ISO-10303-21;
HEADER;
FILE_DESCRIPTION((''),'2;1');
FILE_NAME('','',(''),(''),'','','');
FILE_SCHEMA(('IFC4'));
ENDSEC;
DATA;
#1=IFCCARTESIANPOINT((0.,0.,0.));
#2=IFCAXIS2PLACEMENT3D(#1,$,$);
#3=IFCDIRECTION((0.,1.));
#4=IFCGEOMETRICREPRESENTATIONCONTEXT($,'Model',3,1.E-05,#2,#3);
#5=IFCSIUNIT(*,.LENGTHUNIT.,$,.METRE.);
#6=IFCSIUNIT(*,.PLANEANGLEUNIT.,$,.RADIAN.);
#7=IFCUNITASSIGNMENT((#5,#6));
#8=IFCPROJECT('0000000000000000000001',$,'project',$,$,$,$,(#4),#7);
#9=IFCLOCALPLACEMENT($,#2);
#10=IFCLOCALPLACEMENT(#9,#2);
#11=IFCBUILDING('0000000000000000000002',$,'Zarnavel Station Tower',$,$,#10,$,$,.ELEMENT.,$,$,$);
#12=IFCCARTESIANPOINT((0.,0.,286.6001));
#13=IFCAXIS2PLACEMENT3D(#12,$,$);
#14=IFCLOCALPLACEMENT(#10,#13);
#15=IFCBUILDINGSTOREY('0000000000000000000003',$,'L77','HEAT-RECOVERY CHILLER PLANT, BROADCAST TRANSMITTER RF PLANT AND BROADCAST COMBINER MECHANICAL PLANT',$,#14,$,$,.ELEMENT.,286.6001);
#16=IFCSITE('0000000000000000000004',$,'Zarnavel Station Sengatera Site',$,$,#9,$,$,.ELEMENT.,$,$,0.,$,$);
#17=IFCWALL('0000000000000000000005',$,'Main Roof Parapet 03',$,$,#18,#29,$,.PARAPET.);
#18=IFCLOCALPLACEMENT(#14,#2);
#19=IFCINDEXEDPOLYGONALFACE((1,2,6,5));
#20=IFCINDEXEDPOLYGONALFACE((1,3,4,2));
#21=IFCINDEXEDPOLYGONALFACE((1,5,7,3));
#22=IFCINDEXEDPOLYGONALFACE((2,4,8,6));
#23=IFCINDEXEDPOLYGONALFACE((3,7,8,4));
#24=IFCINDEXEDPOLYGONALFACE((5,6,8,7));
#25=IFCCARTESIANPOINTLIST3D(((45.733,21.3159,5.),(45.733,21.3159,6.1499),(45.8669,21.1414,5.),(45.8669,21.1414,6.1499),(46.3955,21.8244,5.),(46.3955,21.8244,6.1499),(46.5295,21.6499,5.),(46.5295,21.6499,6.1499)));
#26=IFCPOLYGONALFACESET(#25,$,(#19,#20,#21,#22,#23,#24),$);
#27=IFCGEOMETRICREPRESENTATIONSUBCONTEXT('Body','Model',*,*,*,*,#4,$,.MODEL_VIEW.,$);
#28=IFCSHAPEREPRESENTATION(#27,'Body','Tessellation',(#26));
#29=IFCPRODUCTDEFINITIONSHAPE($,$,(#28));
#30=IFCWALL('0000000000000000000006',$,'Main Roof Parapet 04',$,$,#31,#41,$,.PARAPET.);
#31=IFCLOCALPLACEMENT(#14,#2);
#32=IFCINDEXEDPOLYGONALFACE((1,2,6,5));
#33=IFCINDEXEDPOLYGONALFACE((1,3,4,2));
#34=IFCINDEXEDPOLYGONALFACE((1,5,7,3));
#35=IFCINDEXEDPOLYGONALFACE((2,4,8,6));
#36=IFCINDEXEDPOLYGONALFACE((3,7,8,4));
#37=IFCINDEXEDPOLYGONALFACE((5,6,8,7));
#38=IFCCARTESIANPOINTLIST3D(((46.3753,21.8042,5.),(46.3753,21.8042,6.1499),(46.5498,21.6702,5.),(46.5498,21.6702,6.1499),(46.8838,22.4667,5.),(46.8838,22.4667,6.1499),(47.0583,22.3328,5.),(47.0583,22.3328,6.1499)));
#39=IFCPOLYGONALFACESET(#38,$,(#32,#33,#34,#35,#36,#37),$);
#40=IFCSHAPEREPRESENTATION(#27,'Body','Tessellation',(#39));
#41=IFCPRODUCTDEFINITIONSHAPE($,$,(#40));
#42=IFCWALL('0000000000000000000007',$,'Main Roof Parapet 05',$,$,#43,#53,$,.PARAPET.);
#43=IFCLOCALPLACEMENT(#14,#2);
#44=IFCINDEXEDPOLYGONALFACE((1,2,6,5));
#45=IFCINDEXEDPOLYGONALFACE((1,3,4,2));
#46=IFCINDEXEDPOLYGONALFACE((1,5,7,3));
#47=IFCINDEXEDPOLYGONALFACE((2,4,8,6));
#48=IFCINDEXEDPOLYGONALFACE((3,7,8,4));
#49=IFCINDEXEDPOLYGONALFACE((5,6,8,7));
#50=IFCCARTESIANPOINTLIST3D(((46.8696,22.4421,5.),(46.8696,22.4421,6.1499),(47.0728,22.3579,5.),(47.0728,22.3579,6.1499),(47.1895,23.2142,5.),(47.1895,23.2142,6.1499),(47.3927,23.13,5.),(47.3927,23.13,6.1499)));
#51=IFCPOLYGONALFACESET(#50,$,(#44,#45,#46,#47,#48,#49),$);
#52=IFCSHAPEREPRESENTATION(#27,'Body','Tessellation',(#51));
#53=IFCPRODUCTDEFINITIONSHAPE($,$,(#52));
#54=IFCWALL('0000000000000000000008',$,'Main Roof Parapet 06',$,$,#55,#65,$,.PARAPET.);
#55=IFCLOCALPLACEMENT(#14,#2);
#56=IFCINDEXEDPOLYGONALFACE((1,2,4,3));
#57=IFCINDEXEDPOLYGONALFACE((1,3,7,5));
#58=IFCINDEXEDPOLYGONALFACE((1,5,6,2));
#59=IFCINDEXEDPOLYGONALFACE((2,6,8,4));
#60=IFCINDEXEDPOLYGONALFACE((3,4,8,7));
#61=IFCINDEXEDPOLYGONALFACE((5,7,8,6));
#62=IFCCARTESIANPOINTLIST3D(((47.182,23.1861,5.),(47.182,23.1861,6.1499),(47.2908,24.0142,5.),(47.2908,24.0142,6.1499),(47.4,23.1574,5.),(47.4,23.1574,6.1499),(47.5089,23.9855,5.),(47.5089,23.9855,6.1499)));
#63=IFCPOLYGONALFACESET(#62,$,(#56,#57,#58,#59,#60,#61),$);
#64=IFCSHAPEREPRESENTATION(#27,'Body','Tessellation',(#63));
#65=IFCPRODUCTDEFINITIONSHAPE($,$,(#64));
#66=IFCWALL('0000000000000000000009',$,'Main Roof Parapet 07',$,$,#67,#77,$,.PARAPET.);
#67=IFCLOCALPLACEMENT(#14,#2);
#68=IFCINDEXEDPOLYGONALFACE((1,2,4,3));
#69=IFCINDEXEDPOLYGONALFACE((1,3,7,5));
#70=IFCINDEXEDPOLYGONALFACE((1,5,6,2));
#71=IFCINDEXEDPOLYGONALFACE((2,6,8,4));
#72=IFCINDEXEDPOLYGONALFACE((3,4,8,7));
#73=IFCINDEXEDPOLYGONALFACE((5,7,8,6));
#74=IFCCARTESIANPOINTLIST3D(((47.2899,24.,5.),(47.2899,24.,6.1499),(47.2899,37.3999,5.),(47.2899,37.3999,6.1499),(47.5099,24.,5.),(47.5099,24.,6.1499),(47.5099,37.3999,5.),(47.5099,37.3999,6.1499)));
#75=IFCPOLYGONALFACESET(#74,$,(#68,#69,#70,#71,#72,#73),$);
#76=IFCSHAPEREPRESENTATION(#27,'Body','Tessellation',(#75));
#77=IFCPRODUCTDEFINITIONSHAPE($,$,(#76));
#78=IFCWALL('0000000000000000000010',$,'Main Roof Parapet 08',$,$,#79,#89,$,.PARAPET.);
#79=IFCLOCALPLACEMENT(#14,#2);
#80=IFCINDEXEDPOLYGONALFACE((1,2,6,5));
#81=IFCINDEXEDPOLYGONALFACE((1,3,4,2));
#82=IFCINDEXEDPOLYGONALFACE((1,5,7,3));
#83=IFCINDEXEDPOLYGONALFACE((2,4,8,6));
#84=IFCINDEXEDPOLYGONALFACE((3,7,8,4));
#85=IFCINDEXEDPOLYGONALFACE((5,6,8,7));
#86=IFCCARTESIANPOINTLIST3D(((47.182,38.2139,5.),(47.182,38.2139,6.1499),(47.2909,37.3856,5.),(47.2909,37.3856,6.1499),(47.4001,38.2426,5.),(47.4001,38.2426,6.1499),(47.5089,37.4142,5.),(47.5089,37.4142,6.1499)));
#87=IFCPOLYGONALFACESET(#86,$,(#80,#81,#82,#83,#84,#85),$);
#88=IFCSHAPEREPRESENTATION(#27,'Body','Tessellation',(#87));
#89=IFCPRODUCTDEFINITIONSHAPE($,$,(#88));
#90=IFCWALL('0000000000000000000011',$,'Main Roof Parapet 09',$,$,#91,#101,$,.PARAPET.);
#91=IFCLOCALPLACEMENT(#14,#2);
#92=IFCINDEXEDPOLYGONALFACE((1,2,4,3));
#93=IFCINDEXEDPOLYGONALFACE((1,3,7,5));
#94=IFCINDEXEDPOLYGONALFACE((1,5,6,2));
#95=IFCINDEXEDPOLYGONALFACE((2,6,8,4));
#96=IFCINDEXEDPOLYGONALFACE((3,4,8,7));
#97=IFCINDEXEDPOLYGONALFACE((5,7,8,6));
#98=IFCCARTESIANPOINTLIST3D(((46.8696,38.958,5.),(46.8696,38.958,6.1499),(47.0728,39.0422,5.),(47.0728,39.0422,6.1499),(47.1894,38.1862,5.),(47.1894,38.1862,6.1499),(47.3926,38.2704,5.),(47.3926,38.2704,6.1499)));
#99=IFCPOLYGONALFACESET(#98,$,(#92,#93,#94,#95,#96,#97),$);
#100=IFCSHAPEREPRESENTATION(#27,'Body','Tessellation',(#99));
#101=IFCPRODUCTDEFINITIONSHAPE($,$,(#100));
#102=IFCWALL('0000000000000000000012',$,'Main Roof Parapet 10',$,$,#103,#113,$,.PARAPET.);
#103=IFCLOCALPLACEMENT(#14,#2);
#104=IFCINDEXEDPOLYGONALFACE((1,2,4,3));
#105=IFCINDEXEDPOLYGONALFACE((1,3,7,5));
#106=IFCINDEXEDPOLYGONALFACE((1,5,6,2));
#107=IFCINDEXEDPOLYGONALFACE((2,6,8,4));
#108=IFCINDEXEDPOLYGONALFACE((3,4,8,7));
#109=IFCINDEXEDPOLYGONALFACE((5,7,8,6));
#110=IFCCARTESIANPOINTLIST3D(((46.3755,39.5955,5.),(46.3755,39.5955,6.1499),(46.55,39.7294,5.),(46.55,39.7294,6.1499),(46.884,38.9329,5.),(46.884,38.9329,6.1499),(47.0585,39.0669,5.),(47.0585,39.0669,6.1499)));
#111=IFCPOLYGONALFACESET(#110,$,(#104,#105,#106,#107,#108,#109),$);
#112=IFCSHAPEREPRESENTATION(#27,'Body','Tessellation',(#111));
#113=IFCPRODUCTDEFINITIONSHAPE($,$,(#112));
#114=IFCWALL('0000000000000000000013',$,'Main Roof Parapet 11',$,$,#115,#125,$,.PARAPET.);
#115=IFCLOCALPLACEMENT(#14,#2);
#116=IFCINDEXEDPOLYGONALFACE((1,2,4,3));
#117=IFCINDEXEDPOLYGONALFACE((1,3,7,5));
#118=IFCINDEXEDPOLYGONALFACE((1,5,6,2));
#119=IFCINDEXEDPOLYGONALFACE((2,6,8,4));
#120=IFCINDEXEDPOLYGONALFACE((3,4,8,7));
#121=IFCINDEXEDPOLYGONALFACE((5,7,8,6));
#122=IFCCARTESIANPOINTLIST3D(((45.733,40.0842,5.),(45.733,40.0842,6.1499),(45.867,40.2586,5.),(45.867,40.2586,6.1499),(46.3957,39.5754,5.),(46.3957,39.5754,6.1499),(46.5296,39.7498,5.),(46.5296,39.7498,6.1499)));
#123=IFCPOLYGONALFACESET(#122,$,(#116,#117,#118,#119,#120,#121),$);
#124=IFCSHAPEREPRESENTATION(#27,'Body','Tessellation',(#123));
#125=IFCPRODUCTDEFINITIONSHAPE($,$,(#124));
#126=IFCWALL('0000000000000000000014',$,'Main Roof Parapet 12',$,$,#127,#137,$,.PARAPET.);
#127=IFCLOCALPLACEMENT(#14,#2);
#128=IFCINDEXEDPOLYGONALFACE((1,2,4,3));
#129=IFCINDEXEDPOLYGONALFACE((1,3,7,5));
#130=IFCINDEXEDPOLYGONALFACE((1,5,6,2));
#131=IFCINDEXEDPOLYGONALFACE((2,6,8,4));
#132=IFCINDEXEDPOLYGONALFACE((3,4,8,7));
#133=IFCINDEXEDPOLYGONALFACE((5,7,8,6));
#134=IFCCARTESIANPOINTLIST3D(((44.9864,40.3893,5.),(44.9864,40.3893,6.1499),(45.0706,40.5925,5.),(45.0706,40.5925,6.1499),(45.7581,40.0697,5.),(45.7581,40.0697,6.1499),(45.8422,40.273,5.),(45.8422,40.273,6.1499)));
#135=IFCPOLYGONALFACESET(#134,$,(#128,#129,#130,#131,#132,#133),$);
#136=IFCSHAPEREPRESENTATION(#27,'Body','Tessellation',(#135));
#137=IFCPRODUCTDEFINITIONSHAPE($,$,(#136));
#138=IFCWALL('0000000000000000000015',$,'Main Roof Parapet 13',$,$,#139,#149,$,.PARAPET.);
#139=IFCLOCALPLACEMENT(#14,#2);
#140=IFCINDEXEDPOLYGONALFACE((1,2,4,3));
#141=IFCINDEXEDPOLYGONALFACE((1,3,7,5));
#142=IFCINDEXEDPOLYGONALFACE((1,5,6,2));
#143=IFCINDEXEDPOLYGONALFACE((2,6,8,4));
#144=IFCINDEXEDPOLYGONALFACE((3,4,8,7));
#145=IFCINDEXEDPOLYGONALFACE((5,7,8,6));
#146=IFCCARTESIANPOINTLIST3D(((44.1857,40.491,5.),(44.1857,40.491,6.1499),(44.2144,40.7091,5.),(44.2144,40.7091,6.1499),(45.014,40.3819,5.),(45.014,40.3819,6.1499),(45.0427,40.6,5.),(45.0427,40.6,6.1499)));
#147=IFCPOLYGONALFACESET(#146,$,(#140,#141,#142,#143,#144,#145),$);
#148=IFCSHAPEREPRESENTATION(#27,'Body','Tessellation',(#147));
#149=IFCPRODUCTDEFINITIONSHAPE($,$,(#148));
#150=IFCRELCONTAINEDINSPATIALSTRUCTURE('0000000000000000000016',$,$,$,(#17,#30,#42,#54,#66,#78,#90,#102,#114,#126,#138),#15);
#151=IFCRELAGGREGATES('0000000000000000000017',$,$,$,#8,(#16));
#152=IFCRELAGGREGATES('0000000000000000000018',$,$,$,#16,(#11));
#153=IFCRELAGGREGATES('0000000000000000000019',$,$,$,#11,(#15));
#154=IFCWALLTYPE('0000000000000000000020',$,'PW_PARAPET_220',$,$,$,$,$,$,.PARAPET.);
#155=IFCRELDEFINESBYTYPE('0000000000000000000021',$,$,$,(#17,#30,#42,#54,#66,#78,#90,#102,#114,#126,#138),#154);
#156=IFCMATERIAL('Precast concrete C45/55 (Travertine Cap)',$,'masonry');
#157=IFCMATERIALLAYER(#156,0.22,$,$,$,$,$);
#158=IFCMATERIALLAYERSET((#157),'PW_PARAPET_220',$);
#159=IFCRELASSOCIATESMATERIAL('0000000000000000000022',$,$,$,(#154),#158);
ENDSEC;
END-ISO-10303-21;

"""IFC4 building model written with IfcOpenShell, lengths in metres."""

from ifc_helpers import new_model, si_unit, direction, frame, frame_2d, origin, place, context, subcontext, project, spatial, rectangle, extrude, material, layer, layer_set, type_object, element, save


model = new_model("IFC4")

# Units and contexts
model_context = context("Model", 3, precision=1e-05, world=origin(), true_north=direction((0.0, 1.0)))
body_context = subcontext(model_context, "Body", "Model", "MODEL_VIEW")
ifc_project = project(units=[si_unit("LENGTHUNIT", "METRE"), si_unit("PLANEANGLEUNIT", "RADIAN")], contexts=[model_context])

# Site, building, storey
site_placement = place(None, origin())
site = spatial("IfcSite", under=ifc_project, at=site_placement, Name="Zarnavel Station Sengatera Site", CompositionType="ELEMENT", RefElevation=0.0)
building_placement = place(site_placement, origin())
building = spatial("IfcBuilding", under=site, at=building_placement, Name="Zarnavel Station Tower", CompositionType="ELEMENT")
storey_placement = place(building_placement, frame((0.0, 0.0, 286.6001)))
storey = spatial("IfcBuildingStorey", under=building, at=storey_placement, Name="L77", Description="HEAT-RECOVERY CHILLER PLANT, BROADCAST TRANSMITTER RF PLANT AND BROADCAST COMBINER MECHANICAL PLANT", CompositionType="ELEMENT", Elevation=286.6001)

# Walls
ifc_material_1 = material(Name="Precast concrete C45/55 (Travertine Cap)", Category="masonry")
ifc_layer_1 = layer(ifc_material_1, 0.22)
ifc_layer_set_1 = layer_set([ifc_layer_1], Name="PW_PARAPET_220")
wall_type_1 = type_object("IfcWallType", Name="PW_PARAPET_220", PredefinedType="PARAPET", material=ifc_layer_set_1)
for number, where, z_axis, x_axis, name in (
    (1, (45.8, 21.2288, 5.0), (0.0, 0.0, 1.0), (0.793286, 0.608849, 0.0), "Main Roof Parapet 03"),
    (2, (46.4626, 21.7373, 5.0), (0.0, 0.0, 1.0), (0.608849, 0.793286, 0.0), "Main Roof Parapet 04"),
):
    element("IfcWall", number, at=place(storey_placement, frame(where, z_axis=z_axis, x_axis=x_axis)), inside=storey, type_object=wall_type_1, Name=name, PredefinedType="PARAPET", context=body_context, shape_type="SweptSolid", body=[
        extrude(rectangle(XDim=0.8352, YDim=0.22, at=frame_2d((0.4175, 0.0))), origin(), (0.0, 0.0, 1.0), 1.1499),
    ])
wall_1_placement = place(storey_placement, frame((46.9712, 22.3999, 5.0), z_axis=(0.0, 0.0, 1.0), x_axis=(0.382747, 0.923853, 0.0)))
element("IfcWall", 3, at=wall_1_placement, inside=storey, type_object=wall_type_1, Name="Main Roof Parapet 05", PredefinedType="PARAPET", context=body_context, shape_type="SweptSolid", body=[
    extrude(rectangle(XDim=0.8357, YDim=0.22, at=frame_2d((0.418, 0.0))), origin(), (0.0, 0.0, 1.0), 1.1499),
])
wall_2_placement = place(storey_placement, frame((47.291, 23.1719, 5.0), z_axis=(0.0, 0.0, 1.0), x_axis=(0.130364, 0.991466, 0.0)))
element("IfcWall", 4, at=wall_2_placement, inside=storey, type_object=wall_type_1, Name="Main Roof Parapet 06", PredefinedType="PARAPET", context=body_context, shape_type="SweptSolid", body=[
    extrude(rectangle(XDim=0.8352, YDim=0.22, at=frame_2d((0.4175, 0.0))), origin(), (0.0, 0.0, 1.0), 1.1499),
])
wall_3_placement = place(storey_placement, frame((47.3999, 24.0, 5.0), z_axis=(0.0, 0.0, 1.0), x_axis=(0.0, 1.0, 0.0)))
element("IfcWall", 5, at=wall_3_placement, inside=storey, type_object=wall_type_1, Name="Main Roof Parapet 07", PredefinedType="PARAPET", context=body_context, shape_type="SweptSolid", body=[
    extrude(rectangle(XDim=13.3999, YDim=0.22, at=frame_2d((6.7, 0.0))), origin(), (0.0, 0.0, 1.0), 1.1499),
])
for number, where, z_axis, x_axis, name in (
    (6, (47.3999, 37.3999, 5.0), (0.0, 0.0, 1.0), (-0.130326, 0.991471, 0.0), "Main Roof Parapet 08"),
    (7, (47.291, 38.2283, 5.0), (0.0, 0.0, 1.0), (-0.382851, 0.92381, 0.0), "Main Roof Parapet 09"),
):
    element("IfcWall", number, at=place(storey_placement, frame(where, z_axis=z_axis, x_axis=x_axis)), inside=storey, type_object=wall_type_1, Name=name, PredefinedType="PARAPET", context=body_context, shape_type="SweptSolid", body=[
        extrude(rectangle(XDim=0.8354, YDim=0.22, at=frame_2d((0.4177, 0.0))), origin(), (0.0, 0.0, 1.0), 1.1499),
    ])
wall_4_placement = place(storey_placement, frame((46.9712, 39.0, 5.0), z_axis=(0.0, 0.0, 1.0), x_axis=(-0.608849, 0.793286, 0.0)))
element("IfcWall", 8, at=wall_4_placement, inside=storey, type_object=wall_type_1, Name="Main Roof Parapet 10", PredefinedType="PARAPET", context=body_context, shape_type="SweptSolid", body=[
    extrude(rectangle(XDim=0.8352, YDim=0.22, at=frame_2d((0.4175, 0.0))), origin(), (0.0, 0.0, 1.0), 1.1499),
])
wall_5_placement = place(storey_placement, frame((46.4626, 39.6626, 5.0), z_axis=(0.0, 0.0, 1.0), x_axis=(-0.793145, 0.609033, 0.0)))
element("IfcWall", 9, at=wall_5_placement, inside=storey, type_object=wall_type_1, Name="Main Roof Parapet 11", PredefinedType="PARAPET", context=body_context, shape_type="SweptSolid", body=[
    extrude(rectangle(XDim=0.8354, YDim=0.22, at=frame_2d((0.4177, 0.0))), origin(), (0.0, 0.0, 1.0), 1.1499),
])
wall_6_placement = place(storey_placement, frame((45.8, 40.1714, 5.0), z_axis=(0.0, 0.0, 1.0), x_axis=(-0.923914, 0.382601, 0.0)))
element("IfcWall", 10, at=wall_6_placement, inside=storey, type_object=wall_type_1, Name="Main Roof Parapet 12", PredefinedType="PARAPET", context=body_context, shape_type="SweptSolid", body=[
    extrude(rectangle(XDim=0.8352, YDim=0.22, at=frame_2d((0.4175, 0.0))), origin(), (0.0, 0.0, 1.0), 1.1499),
])
wall_7_placement = place(storey_placement, frame((45.0283, 40.491, 5.0), z_axis=(0.0, 0.0, 1.0), x_axis=(-0.991433, 0.130613, 0.0)))
element("IfcWall", 11, at=wall_7_placement, inside=storey, type_object=wall_type_1, Name="Main Roof Parapet 13", PredefinedType="PARAPET", context=body_context, shape_type="SweptSolid", body=[
    extrude(rectangle(XDim=0.8354, YDim=0.22, at=frame_2d((0.4177, 0.0))), origin(), (0.0, 0.0, 1.0), 1.1499),
])

save(model, "model.ifc")
